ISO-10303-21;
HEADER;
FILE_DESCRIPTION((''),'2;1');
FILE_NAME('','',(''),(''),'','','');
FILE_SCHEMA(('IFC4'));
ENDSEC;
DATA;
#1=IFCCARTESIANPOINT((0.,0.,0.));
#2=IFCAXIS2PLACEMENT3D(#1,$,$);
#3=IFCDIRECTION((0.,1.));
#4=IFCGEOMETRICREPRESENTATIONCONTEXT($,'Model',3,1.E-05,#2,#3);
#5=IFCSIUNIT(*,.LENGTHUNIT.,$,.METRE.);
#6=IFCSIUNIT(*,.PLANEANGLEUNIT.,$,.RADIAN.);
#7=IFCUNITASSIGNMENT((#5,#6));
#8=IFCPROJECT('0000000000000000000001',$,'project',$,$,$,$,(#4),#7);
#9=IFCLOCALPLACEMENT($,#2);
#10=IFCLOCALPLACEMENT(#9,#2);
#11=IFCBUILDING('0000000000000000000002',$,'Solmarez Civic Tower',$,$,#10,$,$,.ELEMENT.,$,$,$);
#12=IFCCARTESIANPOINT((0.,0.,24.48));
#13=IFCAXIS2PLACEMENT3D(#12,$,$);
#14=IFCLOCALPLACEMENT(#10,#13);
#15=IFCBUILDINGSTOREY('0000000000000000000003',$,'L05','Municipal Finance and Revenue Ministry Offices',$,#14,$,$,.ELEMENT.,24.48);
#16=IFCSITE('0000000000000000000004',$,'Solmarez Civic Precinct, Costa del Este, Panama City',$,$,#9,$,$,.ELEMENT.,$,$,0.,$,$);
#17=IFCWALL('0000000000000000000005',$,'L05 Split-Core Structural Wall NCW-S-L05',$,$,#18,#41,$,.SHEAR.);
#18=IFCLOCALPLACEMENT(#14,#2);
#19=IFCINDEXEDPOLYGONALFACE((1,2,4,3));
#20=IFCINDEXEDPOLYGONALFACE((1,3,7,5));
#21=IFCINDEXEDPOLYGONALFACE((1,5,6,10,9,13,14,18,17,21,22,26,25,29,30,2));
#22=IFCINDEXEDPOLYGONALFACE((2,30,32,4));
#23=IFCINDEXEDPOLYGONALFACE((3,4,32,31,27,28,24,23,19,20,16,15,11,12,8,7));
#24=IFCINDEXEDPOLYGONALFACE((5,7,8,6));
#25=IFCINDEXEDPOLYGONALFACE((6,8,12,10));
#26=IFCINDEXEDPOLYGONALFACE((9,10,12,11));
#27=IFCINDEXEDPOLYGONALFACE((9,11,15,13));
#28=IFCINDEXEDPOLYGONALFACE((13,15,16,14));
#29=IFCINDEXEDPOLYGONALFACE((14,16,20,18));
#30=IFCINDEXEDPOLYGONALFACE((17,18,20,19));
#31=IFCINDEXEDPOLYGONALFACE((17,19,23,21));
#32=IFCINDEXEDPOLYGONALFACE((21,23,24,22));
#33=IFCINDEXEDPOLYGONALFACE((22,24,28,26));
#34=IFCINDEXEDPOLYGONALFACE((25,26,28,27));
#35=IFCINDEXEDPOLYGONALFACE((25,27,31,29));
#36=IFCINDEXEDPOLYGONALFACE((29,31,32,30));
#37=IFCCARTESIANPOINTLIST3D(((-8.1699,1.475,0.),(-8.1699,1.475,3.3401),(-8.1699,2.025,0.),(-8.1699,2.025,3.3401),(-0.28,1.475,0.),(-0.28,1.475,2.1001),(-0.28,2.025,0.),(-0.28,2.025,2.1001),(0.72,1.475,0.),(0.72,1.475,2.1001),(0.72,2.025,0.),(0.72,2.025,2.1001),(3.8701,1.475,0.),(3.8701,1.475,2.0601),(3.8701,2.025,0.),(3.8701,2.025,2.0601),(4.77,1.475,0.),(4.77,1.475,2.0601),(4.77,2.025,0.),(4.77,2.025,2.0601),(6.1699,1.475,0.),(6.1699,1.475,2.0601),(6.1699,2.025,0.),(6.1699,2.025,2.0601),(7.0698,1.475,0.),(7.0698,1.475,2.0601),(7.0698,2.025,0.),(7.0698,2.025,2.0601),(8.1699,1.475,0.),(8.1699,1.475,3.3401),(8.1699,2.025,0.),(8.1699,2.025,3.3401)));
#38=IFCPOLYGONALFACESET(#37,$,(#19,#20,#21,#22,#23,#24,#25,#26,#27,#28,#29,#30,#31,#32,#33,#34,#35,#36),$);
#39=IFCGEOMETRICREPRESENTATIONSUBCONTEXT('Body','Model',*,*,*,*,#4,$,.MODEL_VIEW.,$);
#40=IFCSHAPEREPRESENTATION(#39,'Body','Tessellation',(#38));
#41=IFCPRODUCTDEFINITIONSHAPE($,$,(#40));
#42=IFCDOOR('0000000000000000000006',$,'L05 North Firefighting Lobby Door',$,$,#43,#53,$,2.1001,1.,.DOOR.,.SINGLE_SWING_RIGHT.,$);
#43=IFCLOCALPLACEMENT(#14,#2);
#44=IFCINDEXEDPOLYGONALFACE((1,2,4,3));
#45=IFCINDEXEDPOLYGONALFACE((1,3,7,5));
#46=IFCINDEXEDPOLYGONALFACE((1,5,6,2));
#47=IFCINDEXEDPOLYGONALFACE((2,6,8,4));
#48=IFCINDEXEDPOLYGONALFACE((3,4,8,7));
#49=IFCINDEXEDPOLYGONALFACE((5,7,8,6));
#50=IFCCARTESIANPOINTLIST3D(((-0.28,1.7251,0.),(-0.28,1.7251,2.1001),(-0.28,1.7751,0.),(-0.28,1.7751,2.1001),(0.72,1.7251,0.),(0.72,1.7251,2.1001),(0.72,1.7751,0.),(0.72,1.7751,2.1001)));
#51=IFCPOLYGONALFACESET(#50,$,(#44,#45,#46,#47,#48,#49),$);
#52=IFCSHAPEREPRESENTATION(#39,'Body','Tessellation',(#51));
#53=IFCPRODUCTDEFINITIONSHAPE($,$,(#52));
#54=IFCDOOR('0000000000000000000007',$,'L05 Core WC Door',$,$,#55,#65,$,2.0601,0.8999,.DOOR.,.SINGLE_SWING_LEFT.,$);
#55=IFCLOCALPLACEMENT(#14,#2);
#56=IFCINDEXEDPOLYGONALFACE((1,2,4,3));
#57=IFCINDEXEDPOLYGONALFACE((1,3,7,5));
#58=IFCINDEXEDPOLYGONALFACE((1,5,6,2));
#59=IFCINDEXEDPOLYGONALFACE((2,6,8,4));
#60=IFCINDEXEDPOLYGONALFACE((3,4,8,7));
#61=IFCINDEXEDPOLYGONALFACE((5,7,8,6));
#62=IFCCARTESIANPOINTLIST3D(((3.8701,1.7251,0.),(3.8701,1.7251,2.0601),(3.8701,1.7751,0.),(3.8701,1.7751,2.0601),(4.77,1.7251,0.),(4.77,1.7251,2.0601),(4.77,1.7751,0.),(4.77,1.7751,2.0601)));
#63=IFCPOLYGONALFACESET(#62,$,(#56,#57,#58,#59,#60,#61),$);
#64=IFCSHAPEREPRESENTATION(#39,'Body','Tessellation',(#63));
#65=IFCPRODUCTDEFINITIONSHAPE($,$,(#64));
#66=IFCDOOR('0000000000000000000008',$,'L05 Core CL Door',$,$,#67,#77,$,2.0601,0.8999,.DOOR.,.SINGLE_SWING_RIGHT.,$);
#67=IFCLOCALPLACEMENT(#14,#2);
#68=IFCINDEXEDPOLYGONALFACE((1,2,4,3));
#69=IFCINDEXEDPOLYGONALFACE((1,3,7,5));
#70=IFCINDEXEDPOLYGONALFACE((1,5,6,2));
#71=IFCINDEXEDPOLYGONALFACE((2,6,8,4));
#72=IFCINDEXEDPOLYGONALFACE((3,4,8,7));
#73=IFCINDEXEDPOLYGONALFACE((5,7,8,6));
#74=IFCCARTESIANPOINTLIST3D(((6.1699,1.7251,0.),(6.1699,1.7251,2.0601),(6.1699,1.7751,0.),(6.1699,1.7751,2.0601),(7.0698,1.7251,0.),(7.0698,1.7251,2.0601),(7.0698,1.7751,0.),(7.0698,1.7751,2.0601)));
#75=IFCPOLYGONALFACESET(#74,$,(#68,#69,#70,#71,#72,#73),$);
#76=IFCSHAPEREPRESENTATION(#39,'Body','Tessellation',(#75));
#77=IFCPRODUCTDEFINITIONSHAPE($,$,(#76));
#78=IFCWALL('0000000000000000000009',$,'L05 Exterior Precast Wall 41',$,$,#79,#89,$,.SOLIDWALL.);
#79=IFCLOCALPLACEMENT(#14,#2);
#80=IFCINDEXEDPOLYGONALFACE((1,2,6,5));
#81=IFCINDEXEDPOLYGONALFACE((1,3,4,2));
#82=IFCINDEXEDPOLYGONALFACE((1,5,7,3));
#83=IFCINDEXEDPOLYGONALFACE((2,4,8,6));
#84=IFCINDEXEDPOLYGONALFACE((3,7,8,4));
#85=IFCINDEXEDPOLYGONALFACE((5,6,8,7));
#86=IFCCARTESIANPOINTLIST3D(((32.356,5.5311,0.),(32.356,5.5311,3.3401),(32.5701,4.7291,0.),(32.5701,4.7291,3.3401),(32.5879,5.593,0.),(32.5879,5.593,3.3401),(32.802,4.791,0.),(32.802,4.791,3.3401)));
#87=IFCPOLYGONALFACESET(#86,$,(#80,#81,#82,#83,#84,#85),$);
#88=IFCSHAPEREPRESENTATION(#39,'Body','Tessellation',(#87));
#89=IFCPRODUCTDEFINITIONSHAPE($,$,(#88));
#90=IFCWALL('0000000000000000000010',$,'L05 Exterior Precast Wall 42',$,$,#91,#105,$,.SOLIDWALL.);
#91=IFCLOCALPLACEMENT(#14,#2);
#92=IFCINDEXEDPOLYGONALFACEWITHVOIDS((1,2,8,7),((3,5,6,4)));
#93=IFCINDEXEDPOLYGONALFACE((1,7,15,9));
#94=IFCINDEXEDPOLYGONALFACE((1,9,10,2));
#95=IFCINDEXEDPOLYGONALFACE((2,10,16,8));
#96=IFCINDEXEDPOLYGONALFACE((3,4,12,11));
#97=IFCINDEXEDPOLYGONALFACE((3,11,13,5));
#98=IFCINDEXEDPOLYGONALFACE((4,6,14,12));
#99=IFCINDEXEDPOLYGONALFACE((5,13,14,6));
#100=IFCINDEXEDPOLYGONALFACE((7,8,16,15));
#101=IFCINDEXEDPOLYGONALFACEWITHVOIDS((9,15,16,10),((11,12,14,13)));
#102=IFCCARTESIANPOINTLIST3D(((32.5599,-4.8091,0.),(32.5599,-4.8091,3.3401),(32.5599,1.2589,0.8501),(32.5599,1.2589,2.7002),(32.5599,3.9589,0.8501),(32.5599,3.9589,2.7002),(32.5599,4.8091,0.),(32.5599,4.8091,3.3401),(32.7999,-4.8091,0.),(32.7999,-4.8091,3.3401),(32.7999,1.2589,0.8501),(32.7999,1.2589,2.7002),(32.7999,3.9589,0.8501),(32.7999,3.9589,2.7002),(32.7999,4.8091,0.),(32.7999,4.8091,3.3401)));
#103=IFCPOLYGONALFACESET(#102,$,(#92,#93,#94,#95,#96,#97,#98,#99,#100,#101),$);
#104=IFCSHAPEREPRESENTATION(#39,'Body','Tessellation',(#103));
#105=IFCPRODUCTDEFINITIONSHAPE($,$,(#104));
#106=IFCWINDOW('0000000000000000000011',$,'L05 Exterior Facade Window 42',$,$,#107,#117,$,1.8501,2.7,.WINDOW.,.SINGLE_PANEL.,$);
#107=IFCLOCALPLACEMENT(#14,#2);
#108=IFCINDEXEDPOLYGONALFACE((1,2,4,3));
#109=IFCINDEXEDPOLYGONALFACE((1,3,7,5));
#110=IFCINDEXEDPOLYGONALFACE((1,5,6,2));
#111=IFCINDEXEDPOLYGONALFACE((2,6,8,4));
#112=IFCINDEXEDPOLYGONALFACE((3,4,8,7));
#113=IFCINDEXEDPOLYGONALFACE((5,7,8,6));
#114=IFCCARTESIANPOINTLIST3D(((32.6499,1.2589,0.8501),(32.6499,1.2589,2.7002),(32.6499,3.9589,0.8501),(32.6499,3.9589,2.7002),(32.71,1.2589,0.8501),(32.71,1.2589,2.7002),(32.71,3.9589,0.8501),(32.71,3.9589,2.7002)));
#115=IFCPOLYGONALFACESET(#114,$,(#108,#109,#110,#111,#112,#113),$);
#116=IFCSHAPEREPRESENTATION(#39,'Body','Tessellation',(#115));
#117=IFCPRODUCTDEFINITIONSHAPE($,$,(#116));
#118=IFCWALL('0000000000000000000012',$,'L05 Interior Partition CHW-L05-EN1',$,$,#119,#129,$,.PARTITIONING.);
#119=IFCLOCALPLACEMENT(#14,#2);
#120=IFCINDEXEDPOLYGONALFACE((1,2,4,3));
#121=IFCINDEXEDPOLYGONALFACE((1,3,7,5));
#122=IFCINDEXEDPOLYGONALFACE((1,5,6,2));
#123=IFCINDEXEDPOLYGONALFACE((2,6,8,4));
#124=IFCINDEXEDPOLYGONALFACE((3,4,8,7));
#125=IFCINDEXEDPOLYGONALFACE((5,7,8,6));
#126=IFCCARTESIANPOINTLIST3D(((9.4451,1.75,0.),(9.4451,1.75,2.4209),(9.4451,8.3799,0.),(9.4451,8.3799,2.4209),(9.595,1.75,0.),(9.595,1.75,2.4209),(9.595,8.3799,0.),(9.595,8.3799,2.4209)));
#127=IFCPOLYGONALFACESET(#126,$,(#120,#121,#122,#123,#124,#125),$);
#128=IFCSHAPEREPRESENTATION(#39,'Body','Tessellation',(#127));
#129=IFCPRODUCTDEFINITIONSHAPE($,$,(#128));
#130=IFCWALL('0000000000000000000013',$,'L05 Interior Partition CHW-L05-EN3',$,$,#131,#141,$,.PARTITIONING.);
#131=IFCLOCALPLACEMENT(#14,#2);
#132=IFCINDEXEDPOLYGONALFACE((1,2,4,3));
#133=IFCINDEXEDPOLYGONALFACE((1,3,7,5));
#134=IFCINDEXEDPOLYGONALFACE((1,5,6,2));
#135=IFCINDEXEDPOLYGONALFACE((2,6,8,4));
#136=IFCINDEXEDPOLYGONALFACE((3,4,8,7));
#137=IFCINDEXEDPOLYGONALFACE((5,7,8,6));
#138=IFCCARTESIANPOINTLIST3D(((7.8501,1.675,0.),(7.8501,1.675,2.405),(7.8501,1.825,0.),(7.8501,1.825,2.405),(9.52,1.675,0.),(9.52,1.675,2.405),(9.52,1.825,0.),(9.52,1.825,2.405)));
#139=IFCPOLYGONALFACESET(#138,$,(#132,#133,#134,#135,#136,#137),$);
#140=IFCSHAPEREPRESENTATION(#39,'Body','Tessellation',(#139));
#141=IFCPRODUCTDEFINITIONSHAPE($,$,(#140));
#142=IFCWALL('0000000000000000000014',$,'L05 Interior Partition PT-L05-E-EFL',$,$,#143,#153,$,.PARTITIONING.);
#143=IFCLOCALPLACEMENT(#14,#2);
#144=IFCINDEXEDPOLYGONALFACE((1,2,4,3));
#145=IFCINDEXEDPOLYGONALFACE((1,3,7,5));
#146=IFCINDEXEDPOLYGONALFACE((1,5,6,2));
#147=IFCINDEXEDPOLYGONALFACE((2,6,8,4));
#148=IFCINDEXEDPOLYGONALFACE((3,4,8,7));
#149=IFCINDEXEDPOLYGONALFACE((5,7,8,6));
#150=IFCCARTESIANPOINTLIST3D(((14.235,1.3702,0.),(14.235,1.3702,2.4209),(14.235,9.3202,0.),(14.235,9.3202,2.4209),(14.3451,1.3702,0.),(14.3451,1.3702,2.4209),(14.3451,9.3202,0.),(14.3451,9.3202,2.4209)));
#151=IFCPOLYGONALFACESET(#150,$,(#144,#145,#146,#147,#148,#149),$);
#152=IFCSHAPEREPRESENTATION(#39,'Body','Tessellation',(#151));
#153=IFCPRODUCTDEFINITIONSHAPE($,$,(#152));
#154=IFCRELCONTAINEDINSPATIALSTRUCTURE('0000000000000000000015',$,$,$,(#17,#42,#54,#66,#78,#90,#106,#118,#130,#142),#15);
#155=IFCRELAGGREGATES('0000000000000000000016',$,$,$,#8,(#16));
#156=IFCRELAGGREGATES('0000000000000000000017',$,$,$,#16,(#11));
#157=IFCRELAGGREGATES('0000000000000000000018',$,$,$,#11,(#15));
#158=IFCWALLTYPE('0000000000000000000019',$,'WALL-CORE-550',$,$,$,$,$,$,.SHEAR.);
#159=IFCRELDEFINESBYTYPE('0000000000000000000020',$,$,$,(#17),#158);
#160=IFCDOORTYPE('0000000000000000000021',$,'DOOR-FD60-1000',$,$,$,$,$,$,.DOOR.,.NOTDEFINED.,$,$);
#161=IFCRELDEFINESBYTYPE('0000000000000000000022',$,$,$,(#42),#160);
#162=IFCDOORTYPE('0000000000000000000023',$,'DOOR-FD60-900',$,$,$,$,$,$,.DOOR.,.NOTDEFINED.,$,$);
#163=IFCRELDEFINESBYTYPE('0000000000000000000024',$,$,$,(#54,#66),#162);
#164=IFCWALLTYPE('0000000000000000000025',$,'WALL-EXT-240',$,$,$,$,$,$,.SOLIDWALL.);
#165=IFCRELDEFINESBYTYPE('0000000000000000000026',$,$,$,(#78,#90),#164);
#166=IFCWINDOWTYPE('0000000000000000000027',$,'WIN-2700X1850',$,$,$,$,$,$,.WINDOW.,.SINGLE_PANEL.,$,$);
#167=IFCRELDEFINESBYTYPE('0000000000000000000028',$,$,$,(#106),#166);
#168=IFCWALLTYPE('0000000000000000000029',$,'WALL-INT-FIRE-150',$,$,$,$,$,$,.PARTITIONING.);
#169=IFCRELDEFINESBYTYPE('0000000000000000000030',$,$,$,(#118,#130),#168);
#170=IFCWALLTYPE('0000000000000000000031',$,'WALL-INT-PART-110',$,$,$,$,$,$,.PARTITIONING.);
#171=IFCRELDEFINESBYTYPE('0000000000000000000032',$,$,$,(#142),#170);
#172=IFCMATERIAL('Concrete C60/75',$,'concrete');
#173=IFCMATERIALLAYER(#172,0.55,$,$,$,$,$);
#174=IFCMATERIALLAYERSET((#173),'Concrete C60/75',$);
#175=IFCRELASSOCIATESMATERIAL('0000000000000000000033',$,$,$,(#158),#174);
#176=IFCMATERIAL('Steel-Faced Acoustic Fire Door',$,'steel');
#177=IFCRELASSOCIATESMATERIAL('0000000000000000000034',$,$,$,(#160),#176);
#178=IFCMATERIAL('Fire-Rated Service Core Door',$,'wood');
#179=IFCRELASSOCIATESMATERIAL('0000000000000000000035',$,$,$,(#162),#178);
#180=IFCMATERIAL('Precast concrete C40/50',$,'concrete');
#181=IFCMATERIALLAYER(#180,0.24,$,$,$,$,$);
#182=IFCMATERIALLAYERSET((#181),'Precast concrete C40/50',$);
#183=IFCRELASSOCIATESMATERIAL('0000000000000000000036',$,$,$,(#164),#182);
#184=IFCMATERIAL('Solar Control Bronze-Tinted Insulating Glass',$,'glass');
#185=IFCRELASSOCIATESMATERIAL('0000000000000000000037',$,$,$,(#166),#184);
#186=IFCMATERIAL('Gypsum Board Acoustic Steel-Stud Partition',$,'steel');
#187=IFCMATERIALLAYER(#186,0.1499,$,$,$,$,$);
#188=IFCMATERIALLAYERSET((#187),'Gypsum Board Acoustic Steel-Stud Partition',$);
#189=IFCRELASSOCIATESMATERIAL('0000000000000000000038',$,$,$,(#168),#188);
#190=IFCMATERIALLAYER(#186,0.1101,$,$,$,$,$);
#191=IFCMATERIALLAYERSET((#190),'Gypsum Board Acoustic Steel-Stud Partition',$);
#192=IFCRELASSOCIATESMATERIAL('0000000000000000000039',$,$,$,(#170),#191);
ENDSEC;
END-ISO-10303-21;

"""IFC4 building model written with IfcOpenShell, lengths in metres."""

from ifc_helpers import new_model, si_unit, direction, frame, frame_2d, origin, place, context, subcontext, project, spatial, rectangle, extrude, material, layer, layer_set, type_object, element, fill, save


model = new_model("IFC4")

# Units and contexts
model_context = context("Model", 3, precision=1e-05, world=origin(), true_north=direction((0.0, 1.0)))
body_context = subcontext(model_context, "Body", "Model", "MODEL_VIEW")
ifc_project = project(units=[si_unit("LENGTHUNIT", "METRE"), si_unit("PLANEANGLEUNIT", "RADIAN")], contexts=[model_context])

# Site, building, storey
site_placement = place(None, origin())
site = spatial("IfcSite", under=ifc_project, at=site_placement, Name="Solmarez Civic Precinct, Costa del Este, Panama City", CompositionType="ELEMENT", RefElevation=0.0)
building_placement = place(site_placement, origin())
building = spatial("IfcBuilding", under=site, at=building_placement, Name="Solmarez Civic Tower", CompositionType="ELEMENT")
storey_placement = place(building_placement, frame((0.0, 0.0, 24.48)))
storey = spatial("IfcBuildingStorey", under=building, at=storey_placement, Name="L05", Description="Municipal Finance and Revenue Ministry Offices", CompositionType="ELEMENT", Elevation=24.48)

# Shared definitions
ifc_material_1 = material(Name="Concrete C60/75", Category="concrete")

# Wall, openings, doors
ifc_layer_1 = layer(ifc_material_1, 0.55)
ifc_layer_set_1 = layer_set([ifc_layer_1], Name="Concrete C60/75")
wall_type_1 = type_object("IfcWallType", Name="WALL-CORE-550", PredefinedType="SHEAR", material=ifc_layer_set_1)
wall_1_placement = place(storey_placement, frame((8.1699, 1.75, 0.0), z_axis=(0.0, 0.0, 1.0), x_axis=(-1.0, 0.0, 0.0)))
wall_1 = element("IfcWall", 1, at=wall_1_placement, inside=storey, type_object=wall_type_1, Name="L05 Split-Core Structural Wall NCW-S-L05", PredefinedType="SHEAR", context=body_context, shape_type="SweptSolid", body=[
    extrude(rectangle(XDim=16.3398, YDim=0.55, at=frame_2d((8.1699, 0.0))), origin(), (0.0, 0.0, 1.0), 3.3401),
])
opening_1_placement = place(wall_1_placement, frame((7.45, 0.0, 0.0)))
opening_1 = element("IfcOpeningElement", 2, at=opening_1_placement, cuts=wall_1, PredefinedType="OPENING", context=body_context, shape_type="SweptSolid", body=[
    extrude(rectangle(XDim=1.0, YDim=2.1001, at=frame_2d((0.5, 1.05))), frame((0.0, 0.2849, 0.0), z_axis=(0.0, -1.0, 0.0), x_axis=(1.0, 0.0, 0.0)), (0.0, 0.0, 1.0), 0.5701),
])
opening_2_placement = place(wall_1_placement, frame((3.3999, 0.0, 0.0)))
opening_2 = element("IfcOpeningElement", 3, at=opening_2_placement, cuts=wall_1, PredefinedType="OPENING", context=body_context, shape_type="SweptSolid", body=[
    extrude(rectangle(XDim=0.8999, YDim=2.0601, at=frame_2d((0.45, 1.03))), frame((0.0, 0.2849, 0.0), z_axis=(0.0, -1.0, 0.0), x_axis=(1.0, 0.0, 0.0)), (0.0, 0.0, 1.0), 0.5701),
])
opening_3_placement = place(wall_1_placement, frame((1.1001, 0.0, 0.0)))
opening_3 = element("IfcOpeningElement", 4, at=opening_3_placement, cuts=wall_1, PredefinedType="OPENING", context=body_context, shape_type="SweptSolid", body=[
    extrude(rectangle(XDim=0.8999, YDim=2.0601, at=frame_2d((0.45, 1.03))), frame((0.0, 0.2849, 0.0), z_axis=(0.0, -1.0, 0.0), x_axis=(1.0, 0.0, 0.0)), (0.0, 0.0, 1.0), 0.5701),
])
ifc_material_2 = material(Name="Steel-Faced Acoustic Fire Door", Category="steel")
door_type_1 = type_object("IfcDoorType", Name="DOOR-FD60-1000", OperationType="NOTDEFINED", PredefinedType="DOOR", material=ifc_material_2)
door_1_placement = place(opening_1_placement, origin())
door_1 = element("IfcDoor", 5, at=door_1_placement, inside=storey, type_object=door_type_1, Name="L05 North Firefighting Lobby Door", OperationType="SINGLE_SWING_RIGHT", OverallHeight=2.1001, OverallWidth=1.0, PredefinedType="DOOR", context=body_context, shape_type="SweptSolid", body=[
    extrude(rectangle(XDim=1.0, YDim=2.1001, at=frame_2d((0.5, 1.05))), frame((0.0, 0.0249, 0.0), z_axis=(0.0, -1.0, 0.0), x_axis=(1.0, 0.0, 0.0)), (0.0, 0.0, 1.0), 0.05),
])
fill(opening_1, door_1)
ifc_material_3 = material(Name="Fire-Rated Service Core Door", Category="wood")
door_type_2 = type_object("IfcDoorType", Name="DOOR-FD60-900", OperationType="NOTDEFINED", PredefinedType="DOOR", material=ifc_material_3)
door_2_placement = place(opening_2_placement, origin())
door_2 = element("IfcDoor", 6, at=door_2_placement, inside=storey, type_object=door_type_2, Name="L05 Core WC Door", OperationType="SINGLE_SWING_LEFT", OverallHeight=2.0601, OverallWidth=0.8999, PredefinedType="DOOR", context=body_context, shape_type="SweptSolid", body=[
    extrude(rectangle(XDim=0.8999, YDim=2.0601, at=frame_2d((0.45, 1.03))), frame((0.0, 0.0249, 0.0), z_axis=(0.0, -1.0, 0.0), x_axis=(1.0, 0.0, 0.0)), (0.0, 0.0, 1.0), 0.05),
])
fill(opening_2, door_2)
door_3_placement = place(opening_3_placement, origin())
door_3 = element("IfcDoor", 7, at=door_3_placement, inside=storey, type_object=door_type_2, Name="L05 Core CL Door", OperationType="SINGLE_SWING_RIGHT", OverallHeight=2.0601, OverallWidth=0.8999, PredefinedType="DOOR", context=body_context, shape_type="SweptSolid", body=[
    extrude(rectangle(XDim=0.8999, YDim=2.0601, at=frame_2d((0.45, 1.03))), frame((0.0, 0.0249, 0.0), z_axis=(0.0, -1.0, 0.0), x_axis=(1.0, 0.0, 0.0)), (0.0, 0.0, 1.0), 0.05),
])
fill(opening_3, door_3)

# Wall
ifc_material_4 = material(Name="Precast concrete C40/50", Category="concrete")
ifc_layer_2 = layer(ifc_material_4, 0.24)
ifc_layer_set_2 = layer_set([ifc_layer_2], Name="Precast concrete C40/50")
wall_type_2 = type_object("IfcWallType", Name="WALL-EXT-240", PredefinedType="SOLIDWALL", material=ifc_layer_set_2)
wall_2_placement = place(storey_placement, frame((32.4719, 5.562, 0.0), z_axis=(0.0, 0.0, 1.0), x_axis=(0.257937, -0.966162, 0.0)))
element("IfcWall", 8, at=wall_2_placement, inside=storey, type_object=wall_type_2, Name="L05 Exterior Precast Wall 41", PredefinedType="SOLIDWALL", context=body_context, shape_type="SweptSolid", body=[
    extrude(rectangle(XDim=0.8301, YDim=0.24, at=frame_2d((0.415, 0.0))), origin(), (0.0, 0.0, 1.0), 3.3401),
])

# Wall, opening, window
wall_3_placement = place(storey_placement, frame((32.6799, 4.8091, 0.0), z_axis=(0.0, 0.0, 1.0), x_axis=(0.0, -1.0, 0.0)))
wall_3 = element("IfcWall", 9, at=wall_3_placement, inside=storey, type_object=wall_type_2, Name="L05 Exterior Precast Wall 42", PredefinedType="SOLIDWALL", context=body_context, shape_type="SweptSolid", body=[
    extrude(rectangle(XDim=9.6182, YDim=0.24, at=frame_2d((4.8091, 0.0))), origin(), (0.0, 0.0, 1.0), 3.3401),
])
opening_4_placement = place(wall_3_placement, frame((0.8501, 0.0, 0.8501)))
opening_4 = element("IfcOpeningElement", 10, at=opening_4_placement, cuts=wall_3, PredefinedType="OPENING", context=body_context, shape_type="SweptSolid", body=[
    extrude(rectangle(XDim=2.7, YDim=1.8501, at=frame_2d((1.3501, 0.925))), frame((0.0, 0.1299, 0.0), z_axis=(0.0, -1.0, 0.0), x_axis=(1.0, 0.0, 0.0)), (0.0, 0.0, 1.0), 0.26),
])
ifc_material_5 = material(Name="Solar Control Bronze-Tinted Insulating Glass", Category="glass")
window_type = type_object("IfcWindowType", Name="WIN-2700X1850", PartitioningType="SINGLE_PANEL", PredefinedType="WINDOW", material=ifc_material_5)
window_placement = place(opening_4_placement, origin())
window = element("IfcWindow", 11, at=window_placement, inside=storey, type_object=window_type, Name="L05 Exterior Facade Window 42", OverallHeight=1.8501, OverallWidth=2.7, PartitioningType="SINGLE_PANEL", PredefinedType="WINDOW", context=body_context, shape_type="SweptSolid", body=[
    extrude(rectangle(XDim=2.7, YDim=1.8501, at=frame_2d((1.3501, 0.925))), frame((0.0, 0.03, 0.0), z_axis=(0.0, -1.0, 0.0), x_axis=(1.0, 0.0, 0.0)), (0.0, 0.0, 1.0), 0.0601),
])
fill(opening_4, window)

# Walls
ifc_material_6 = material(Name="Gypsum Board Acoustic Steel-Stud Partition", Category="steel")
ifc_layer_3 = layer(ifc_material_6, 0.1499)
ifc_layer_set_3 = layer_set([ifc_layer_3], Name="Gypsum Board Acoustic Steel-Stud Partition")
wall_type_3 = type_object("IfcWallType", Name="WALL-INT-FIRE-150", PredefinedType="PARTITIONING", material=ifc_layer_set_3)
wall_4_placement = place(storey_placement, frame((9.52, 1.75, 0.0), z_axis=(0.0, 0.0, 1.0), x_axis=(0.0, 1.0, 0.0)))
element("IfcWall", 12, at=wall_4_placement, inside=storey, type_object=wall_type_3, Name="L05 Interior Partition CHW-L05-EN1", PredefinedType="PARTITIONING", context=body_context, shape_type="SweptSolid", body=[
    extrude(rectangle(XDim=6.6299, YDim=0.1499, at=frame_2d((3.3149, 0.0))), origin(), (0.0, 0.0, 1.0), 2.4209),
])
wall_5_placement = place(storey_placement, frame((7.8501, 1.75, 0.0), z_axis=(0.0, 0.0, 1.0), x_axis=(1.0, 0.0, 0.0)))
element("IfcWall", 13, at=wall_5_placement, inside=storey, type_object=wall_type_3, Name="L05 Interior Partition CHW-L05-EN3", PredefinedType="PARTITIONING", context=body_context, shape_type="SweptSolid", body=[
    extrude(rectangle(XDim=1.6699, YDim=0.1499, at=frame_2d((0.835, 0.0))), origin(), (0.0, 0.0, 1.0), 2.405),
])
ifc_layer_4 = layer(ifc_material_6, 0.1101)
ifc_layer_set_4 = layer_set([ifc_layer_4], Name="Gypsum Board Acoustic Steel-Stud Partition")
wall_type_4 = type_object("IfcWallType", Name="WALL-INT-PART-110", PredefinedType="PARTITIONING", material=ifc_layer_set_4)
wall_6_placement = place(storey_placement, frame((14.29, 1.3701, 0.0), z_axis=(0.0, 0.0, 1.0), x_axis=(0.0, 1.0, 0.0)))
element("IfcWall", 14, at=wall_6_placement, inside=storey, type_object=wall_type_4, Name="L05 Interior Partition PT-L05-E-EFL", PredefinedType="PARTITIONING", context=body_context, shape_type="SweptSolid", body=[
    extrude(rectangle(XDim=7.95, YDim=0.1101, at=frame_2d((3.9751, 0.0))), origin(), (0.0, 0.0, 1.0), 2.4209),
])

save(model, "model.ifc")
